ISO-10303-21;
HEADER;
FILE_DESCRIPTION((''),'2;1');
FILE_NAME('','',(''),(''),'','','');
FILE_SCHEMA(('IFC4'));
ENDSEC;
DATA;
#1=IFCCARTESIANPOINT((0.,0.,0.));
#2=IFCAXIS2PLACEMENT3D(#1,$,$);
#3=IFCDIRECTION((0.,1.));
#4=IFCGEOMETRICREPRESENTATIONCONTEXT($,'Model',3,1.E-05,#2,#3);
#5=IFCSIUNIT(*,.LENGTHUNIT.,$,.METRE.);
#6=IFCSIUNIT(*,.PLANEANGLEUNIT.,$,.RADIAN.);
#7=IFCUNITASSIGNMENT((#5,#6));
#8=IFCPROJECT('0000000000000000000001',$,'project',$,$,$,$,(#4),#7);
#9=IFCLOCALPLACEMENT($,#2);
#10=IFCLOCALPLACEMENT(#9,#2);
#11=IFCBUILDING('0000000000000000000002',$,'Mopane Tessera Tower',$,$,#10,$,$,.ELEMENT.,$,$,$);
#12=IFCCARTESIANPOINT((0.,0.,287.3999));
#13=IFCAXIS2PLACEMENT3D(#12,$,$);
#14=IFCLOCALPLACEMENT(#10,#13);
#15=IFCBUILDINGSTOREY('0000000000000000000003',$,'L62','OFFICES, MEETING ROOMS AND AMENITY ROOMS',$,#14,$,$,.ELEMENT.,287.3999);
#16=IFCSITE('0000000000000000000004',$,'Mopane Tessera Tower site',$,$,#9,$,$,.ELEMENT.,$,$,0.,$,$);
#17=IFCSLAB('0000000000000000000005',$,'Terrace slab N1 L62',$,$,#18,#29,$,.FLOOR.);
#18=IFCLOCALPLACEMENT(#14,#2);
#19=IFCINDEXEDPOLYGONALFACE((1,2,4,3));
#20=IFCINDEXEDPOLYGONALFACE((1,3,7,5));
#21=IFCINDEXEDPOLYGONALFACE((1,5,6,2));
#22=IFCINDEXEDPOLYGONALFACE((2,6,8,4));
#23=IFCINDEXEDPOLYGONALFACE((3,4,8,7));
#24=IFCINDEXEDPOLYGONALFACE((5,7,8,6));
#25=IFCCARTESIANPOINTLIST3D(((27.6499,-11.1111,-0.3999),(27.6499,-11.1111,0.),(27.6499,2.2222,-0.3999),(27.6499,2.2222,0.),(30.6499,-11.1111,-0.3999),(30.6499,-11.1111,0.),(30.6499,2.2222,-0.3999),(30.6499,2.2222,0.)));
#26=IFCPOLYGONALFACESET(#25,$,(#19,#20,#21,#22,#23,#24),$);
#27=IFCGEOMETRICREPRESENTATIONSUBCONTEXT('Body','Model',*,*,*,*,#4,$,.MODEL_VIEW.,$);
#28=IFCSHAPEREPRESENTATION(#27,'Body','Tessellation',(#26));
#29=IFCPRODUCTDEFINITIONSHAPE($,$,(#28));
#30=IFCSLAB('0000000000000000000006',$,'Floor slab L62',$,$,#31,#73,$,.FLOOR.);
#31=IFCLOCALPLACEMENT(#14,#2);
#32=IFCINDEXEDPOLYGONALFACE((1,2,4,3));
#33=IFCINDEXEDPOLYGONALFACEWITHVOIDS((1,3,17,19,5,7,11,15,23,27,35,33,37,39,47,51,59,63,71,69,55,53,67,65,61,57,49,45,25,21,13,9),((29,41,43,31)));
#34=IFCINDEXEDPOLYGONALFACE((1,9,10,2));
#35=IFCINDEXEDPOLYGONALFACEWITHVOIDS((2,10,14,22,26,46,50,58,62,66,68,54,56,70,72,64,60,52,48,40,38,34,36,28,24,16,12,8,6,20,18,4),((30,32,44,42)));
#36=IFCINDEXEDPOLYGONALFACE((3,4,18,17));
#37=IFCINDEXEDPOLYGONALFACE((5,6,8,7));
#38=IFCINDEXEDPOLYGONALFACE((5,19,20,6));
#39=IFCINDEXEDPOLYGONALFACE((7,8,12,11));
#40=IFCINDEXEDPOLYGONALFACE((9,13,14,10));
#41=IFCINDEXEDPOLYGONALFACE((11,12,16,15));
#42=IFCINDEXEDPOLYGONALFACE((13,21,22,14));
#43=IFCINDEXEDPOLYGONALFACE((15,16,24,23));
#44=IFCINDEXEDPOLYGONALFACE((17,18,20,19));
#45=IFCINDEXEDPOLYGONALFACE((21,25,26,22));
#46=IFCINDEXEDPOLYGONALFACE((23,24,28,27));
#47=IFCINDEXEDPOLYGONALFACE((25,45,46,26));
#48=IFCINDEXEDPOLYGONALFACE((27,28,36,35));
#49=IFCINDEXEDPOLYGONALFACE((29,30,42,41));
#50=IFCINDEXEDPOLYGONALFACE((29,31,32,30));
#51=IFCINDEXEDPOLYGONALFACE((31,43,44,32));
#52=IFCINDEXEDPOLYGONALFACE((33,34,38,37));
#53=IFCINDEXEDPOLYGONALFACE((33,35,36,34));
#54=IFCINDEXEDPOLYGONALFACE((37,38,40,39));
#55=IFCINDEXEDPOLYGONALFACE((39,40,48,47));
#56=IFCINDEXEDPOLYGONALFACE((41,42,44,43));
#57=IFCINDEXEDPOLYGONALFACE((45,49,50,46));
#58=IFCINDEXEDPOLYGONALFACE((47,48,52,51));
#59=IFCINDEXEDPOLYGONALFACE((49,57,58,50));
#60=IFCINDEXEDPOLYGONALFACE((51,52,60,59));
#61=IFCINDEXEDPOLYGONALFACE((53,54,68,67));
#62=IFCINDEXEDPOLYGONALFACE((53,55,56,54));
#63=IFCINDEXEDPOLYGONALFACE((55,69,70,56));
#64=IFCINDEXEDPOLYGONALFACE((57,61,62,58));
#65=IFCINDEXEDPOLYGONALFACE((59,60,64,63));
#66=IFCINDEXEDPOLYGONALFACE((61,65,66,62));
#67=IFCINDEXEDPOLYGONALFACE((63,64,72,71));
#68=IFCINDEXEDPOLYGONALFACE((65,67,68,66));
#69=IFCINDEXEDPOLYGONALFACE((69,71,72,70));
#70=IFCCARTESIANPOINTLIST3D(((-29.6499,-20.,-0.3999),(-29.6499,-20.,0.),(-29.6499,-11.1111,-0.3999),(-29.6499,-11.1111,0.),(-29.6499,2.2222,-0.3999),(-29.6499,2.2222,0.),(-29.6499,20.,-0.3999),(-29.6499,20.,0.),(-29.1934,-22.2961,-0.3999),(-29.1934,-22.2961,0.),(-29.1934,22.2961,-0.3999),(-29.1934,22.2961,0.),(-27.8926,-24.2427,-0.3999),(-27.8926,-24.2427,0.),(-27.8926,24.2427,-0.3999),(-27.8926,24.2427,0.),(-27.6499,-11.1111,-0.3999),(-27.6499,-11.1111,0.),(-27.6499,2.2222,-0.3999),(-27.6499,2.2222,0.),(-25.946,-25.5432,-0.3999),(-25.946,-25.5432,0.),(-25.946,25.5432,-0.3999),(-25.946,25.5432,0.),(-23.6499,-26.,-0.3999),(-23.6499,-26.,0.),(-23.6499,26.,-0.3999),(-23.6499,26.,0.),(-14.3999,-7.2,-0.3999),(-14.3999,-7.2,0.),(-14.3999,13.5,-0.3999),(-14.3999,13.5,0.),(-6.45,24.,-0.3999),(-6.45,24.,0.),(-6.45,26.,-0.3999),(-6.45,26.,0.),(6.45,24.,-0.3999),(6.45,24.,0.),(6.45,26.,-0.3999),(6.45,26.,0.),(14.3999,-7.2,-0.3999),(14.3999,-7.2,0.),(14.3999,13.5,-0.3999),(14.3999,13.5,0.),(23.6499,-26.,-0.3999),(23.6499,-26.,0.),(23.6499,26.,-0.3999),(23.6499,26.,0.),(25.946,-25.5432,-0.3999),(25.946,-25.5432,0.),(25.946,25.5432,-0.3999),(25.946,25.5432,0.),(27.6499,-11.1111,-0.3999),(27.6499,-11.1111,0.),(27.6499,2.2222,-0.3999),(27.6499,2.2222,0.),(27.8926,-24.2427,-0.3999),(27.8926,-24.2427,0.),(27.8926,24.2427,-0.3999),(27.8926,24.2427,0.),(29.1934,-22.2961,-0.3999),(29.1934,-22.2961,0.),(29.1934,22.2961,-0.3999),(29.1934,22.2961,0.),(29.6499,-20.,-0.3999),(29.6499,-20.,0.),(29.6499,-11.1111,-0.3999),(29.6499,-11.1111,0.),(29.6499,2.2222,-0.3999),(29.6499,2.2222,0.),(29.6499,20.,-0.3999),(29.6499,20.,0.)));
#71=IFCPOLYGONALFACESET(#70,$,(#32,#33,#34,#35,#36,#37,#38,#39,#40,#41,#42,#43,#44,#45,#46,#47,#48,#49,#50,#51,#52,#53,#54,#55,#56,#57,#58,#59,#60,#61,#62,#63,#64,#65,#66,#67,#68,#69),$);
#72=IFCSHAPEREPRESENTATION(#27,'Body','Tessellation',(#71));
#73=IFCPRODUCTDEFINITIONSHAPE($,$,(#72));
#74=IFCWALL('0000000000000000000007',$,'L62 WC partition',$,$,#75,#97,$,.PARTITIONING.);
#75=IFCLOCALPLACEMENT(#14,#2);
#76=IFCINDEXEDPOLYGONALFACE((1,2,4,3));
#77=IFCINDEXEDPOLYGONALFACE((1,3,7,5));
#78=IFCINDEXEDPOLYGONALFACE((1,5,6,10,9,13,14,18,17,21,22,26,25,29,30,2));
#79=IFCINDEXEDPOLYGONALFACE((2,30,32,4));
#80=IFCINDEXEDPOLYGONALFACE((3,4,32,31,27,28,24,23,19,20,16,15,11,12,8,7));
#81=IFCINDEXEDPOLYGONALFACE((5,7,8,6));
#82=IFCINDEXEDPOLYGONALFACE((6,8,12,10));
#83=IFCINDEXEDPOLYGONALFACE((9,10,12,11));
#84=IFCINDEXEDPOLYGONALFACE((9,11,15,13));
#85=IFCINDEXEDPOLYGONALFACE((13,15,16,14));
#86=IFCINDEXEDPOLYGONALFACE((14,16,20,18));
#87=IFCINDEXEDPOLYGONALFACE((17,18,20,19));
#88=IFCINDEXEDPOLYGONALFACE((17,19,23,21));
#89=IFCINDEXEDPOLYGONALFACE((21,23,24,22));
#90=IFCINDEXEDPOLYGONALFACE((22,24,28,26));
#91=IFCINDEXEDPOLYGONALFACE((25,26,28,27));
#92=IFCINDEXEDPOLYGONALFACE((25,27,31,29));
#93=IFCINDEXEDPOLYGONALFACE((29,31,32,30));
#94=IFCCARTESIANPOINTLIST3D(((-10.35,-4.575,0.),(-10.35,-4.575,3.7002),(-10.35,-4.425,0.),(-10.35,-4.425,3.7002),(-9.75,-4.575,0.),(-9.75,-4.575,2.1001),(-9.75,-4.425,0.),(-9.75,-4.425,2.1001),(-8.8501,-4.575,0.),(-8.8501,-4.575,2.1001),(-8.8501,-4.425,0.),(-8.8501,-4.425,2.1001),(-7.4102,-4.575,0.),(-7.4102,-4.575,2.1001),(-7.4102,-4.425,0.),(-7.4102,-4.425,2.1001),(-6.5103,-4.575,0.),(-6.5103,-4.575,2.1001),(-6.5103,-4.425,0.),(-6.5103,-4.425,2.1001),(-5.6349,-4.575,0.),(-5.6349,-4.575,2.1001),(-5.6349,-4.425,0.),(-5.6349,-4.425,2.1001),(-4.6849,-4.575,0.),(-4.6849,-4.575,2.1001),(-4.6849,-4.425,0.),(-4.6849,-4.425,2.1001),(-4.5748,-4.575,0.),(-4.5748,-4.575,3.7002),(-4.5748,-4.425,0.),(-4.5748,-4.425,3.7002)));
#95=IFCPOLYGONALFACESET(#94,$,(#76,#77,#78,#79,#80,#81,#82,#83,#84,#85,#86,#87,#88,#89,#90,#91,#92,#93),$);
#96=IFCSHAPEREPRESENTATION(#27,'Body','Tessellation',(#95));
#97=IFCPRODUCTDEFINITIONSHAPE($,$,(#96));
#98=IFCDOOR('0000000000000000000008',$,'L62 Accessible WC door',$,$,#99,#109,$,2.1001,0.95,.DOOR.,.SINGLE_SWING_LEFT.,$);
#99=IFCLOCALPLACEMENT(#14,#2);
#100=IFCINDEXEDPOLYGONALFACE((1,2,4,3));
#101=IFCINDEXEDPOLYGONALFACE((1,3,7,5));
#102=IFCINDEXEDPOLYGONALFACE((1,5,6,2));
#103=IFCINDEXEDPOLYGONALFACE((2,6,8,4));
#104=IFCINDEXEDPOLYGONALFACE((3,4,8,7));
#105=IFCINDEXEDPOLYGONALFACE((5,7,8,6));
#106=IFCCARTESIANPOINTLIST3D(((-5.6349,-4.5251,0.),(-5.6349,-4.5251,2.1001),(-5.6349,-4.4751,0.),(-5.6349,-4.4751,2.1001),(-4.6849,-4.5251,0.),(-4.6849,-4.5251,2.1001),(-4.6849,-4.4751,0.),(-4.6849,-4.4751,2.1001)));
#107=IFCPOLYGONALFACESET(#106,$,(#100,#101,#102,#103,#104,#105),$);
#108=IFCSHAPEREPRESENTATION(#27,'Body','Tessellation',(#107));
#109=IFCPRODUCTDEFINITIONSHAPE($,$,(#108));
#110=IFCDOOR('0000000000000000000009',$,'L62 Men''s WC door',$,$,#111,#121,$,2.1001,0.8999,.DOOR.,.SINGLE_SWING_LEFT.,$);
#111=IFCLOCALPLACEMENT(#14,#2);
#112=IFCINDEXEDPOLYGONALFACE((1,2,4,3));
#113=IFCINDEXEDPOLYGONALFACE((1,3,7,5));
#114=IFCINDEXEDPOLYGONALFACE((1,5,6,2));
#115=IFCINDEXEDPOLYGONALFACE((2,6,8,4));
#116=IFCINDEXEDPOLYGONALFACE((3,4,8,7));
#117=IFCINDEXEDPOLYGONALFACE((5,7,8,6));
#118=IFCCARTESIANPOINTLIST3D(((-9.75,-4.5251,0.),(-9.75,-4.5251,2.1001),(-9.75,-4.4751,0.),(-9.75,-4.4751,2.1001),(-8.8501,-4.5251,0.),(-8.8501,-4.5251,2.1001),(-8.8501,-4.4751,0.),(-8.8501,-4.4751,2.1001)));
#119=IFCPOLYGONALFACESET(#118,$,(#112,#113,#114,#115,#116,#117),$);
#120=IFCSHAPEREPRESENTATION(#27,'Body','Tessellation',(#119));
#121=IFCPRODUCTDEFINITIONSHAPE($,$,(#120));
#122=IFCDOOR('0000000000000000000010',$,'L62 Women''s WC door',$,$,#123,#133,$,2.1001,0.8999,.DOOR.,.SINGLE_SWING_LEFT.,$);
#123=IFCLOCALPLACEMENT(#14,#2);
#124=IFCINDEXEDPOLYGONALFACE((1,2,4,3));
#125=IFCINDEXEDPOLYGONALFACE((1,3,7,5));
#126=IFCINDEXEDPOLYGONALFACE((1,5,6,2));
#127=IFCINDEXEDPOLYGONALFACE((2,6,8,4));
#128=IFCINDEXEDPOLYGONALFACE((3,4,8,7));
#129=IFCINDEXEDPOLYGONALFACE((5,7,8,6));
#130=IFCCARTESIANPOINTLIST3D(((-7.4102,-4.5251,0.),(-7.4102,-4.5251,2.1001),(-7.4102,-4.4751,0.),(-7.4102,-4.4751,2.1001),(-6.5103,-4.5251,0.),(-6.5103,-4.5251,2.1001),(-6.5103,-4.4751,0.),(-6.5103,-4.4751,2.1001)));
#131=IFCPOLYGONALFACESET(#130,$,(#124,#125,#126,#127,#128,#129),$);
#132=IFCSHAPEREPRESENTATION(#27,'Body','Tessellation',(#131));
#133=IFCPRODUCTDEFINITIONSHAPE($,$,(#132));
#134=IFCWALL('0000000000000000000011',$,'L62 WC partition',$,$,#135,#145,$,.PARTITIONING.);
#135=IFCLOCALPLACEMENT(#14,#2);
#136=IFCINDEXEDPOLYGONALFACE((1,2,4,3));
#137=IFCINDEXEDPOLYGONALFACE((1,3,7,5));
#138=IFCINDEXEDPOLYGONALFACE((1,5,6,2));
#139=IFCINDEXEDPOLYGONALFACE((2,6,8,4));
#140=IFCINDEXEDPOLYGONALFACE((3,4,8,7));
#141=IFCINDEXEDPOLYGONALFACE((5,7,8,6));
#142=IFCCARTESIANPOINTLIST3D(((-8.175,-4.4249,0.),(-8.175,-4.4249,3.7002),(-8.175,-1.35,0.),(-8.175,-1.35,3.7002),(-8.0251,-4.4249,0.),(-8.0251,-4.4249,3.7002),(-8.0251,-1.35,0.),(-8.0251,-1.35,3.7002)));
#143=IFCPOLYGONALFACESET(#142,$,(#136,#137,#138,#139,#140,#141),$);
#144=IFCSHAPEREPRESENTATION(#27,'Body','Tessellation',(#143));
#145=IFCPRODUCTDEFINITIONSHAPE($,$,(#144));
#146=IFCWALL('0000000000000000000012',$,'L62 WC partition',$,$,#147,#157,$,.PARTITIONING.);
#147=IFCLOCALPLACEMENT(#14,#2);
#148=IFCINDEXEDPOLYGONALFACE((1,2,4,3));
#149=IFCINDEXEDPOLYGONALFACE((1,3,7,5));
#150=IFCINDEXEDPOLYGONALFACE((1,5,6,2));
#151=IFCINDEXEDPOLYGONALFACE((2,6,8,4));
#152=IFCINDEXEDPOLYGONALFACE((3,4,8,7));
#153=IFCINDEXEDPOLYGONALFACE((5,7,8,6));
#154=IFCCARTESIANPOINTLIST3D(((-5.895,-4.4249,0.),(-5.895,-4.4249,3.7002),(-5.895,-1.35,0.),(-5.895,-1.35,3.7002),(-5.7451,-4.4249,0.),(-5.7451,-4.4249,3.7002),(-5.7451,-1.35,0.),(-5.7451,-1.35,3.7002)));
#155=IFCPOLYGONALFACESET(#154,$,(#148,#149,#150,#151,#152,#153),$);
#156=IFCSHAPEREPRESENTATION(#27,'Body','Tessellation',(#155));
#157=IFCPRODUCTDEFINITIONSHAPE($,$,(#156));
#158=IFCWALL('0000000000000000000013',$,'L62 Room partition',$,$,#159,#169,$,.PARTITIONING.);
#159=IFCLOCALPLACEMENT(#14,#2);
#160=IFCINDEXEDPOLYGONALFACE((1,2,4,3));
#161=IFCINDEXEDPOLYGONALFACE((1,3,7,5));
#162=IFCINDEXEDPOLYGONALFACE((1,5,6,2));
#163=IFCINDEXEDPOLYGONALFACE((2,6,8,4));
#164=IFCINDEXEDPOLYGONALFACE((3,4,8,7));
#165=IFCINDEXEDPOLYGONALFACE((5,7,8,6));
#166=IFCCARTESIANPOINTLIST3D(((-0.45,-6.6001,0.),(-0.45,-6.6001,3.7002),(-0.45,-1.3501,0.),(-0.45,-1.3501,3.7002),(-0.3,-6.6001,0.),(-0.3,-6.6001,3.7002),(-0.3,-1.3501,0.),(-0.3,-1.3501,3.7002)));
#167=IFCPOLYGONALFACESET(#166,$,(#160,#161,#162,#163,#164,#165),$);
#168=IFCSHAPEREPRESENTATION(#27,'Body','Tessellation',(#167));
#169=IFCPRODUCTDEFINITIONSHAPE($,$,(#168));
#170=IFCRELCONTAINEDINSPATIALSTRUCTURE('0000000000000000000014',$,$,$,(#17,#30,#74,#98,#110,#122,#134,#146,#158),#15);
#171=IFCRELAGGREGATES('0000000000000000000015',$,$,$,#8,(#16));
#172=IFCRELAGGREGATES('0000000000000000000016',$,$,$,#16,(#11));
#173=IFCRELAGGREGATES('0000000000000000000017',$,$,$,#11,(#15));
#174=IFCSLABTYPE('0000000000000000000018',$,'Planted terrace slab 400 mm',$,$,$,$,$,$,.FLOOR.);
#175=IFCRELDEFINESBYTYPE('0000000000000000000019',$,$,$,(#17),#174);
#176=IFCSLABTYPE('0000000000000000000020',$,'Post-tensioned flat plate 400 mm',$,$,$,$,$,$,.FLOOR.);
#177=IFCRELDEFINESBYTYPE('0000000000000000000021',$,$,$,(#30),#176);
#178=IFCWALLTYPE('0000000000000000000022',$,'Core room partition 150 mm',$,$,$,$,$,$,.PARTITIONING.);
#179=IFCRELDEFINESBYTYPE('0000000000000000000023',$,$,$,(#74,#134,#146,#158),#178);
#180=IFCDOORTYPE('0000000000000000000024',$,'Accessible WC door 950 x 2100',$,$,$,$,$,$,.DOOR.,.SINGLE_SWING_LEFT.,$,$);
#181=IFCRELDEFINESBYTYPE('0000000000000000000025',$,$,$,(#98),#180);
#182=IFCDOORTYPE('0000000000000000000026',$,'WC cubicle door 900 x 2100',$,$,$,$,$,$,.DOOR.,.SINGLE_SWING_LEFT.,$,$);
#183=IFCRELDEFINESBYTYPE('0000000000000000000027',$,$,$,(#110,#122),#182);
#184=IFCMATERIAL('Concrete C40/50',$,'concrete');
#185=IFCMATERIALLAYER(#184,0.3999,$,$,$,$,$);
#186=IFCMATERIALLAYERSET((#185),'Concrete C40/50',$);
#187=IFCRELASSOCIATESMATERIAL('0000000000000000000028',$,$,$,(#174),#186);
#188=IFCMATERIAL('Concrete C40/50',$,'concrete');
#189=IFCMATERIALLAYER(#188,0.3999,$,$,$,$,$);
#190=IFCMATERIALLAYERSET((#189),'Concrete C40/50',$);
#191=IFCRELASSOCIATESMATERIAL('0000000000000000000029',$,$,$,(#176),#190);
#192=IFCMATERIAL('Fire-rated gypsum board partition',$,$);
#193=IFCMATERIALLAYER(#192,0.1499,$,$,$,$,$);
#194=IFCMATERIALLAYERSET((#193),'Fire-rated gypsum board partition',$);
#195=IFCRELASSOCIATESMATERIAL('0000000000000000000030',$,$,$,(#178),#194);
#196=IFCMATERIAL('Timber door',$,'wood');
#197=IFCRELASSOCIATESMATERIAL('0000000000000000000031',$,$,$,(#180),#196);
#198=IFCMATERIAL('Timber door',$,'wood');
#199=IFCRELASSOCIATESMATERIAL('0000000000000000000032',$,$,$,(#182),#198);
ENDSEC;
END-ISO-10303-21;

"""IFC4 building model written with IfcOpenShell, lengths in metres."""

from ifc_helpers import new_model, si_unit, direction, frame, frame_2d, origin, place, context, subcontext, project, spatial, polyline, rectangle, outline, extrude, material, layer, layer_set, type_object, element, fill, save


model = new_model("IFC4")

# Units and contexts
model_context = context("Model", 3, precision=1e-05, world=origin(), true_north=direction((0.0, 1.0)))
body_context = subcontext(model_context, "Body", "Model", "MODEL_VIEW")
ifc_project = project(units=[si_unit("LENGTHUNIT", "METRE"), si_unit("PLANEANGLEUNIT", "RADIAN")], contexts=[model_context])

# Site, building, storey
site_placement = place(None, origin())
site = spatial("IfcSite", under=ifc_project, at=site_placement, Name="Mopane Tessera Tower site", CompositionType="ELEMENT", RefElevation=0.0)
building_placement = place(site_placement, origin())
building = spatial("IfcBuilding", under=site, at=building_placement, Name="Mopane Tessera Tower", CompositionType="ELEMENT")
storey_placement = place(building_placement, frame((0.0, 0.0, 287.3999)))
storey = spatial("IfcBuildingStorey", under=building, at=storey_placement, Name="L62", Description="OFFICES, MEETING ROOMS AND AMENITY ROOMS", CompositionType="ELEMENT", Elevation=287.3999)

# Slabs
ifc_material_1 = material(Name="Concrete C40/50", Category="concrete")
ifc_layer_1 = layer(ifc_material_1, 0.3999)
ifc_layer_set_1 = layer_set([ifc_layer_1], Name="Concrete C40/50")
slab_type_1 = type_object("IfcSlabType", Name="Planted terrace slab 400 mm", PredefinedType="FLOOR", material=ifc_layer_set_1)
slab_1_placement = place(storey_placement, frame((0.0, 0.0, -0.3999)))
element("IfcSlab", 1, at=slab_1_placement, inside=storey, type_object=slab_type_1, Name="Terrace slab N1 L62", PredefinedType="FLOOR", context=body_context, shape_type="SweptSolid", body=[
    extrude(outline(polyline([(30.6499, 2.2222), (27.6499, 2.2222), (27.6499, -11.1111), (30.6499, -11.1111), (30.6499, 2.2222)])), origin(), (0.0, 0.0, 1.0), 0.3999),
])
ifc_material_2 = material(Name="Concrete C40/50", Category="concrete")
ifc_layer_2 = layer(ifc_material_2, 0.3999)
ifc_layer_set_2 = layer_set([ifc_layer_2], Name="Concrete C40/50")
slab_type_2 = type_object("IfcSlabType", Name="Post-tensioned flat plate 400 mm", PredefinedType="FLOOR", material=ifc_layer_set_2)
slab_2_placement = place(storey_placement, frame((0.0, 0.0, -0.3999)))
element("IfcSlab", 2, at=slab_2_placement, inside=storey, type_object=slab_type_2, Name="Floor slab L62", PredefinedType="FLOOR", context=body_context, shape_type="SweptSolid", body=[
    extrude(outline(polyline([(29.6499, -20.0), (29.6499, -11.1111), (27.6499, -11.1111), (27.6499, 2.2222), (29.6499, 2.2222), (29.6499, 20.0), (29.1934, 22.2961), (27.8926, 24.2427), (25.946, 25.5432), (23.6499, 26.0), (6.45, 26.0), (6.45, 24.0), (-6.45, 24.0), (-6.45, 26.0), (-23.6499, 26.0), (-25.946, 25.5432), (-27.8926, 24.2427), (-29.1934, 22.2961), (-29.6499, 20.0), (-29.6499, 2.2222), (-27.6499, 2.2222), (-27.6499, -11.1111), (-29.6499, -11.1111), (-29.6499, -20.0), (-29.1934, -22.2961), (-27.8926, -24.2427), (-25.946, -25.5432), (-23.6499, -26.0), (23.6499, -26.0), (25.946, -25.5432), (27.8926, -24.2427), (29.1934, -22.2961), (29.6499, -20.0)]), holes=[polyline([(14.3999, -7.2), (-14.3999, -7.2), (-14.3999, 13.5), (14.3999, 13.5), (14.3999, -7.2)])]), origin(), (0.0, 0.0, 1.0), 0.3999),
])

# Wall, openings, doors
ifc_material_3 = material(Name="Fire-rated gypsum board partition")
ifc_layer_3 = layer(ifc_material_3, 0.1499)
ifc_layer_set_3 = layer_set([ifc_layer_3], Name="Fire-rated gypsum board partition")
wall_type_1 = type_object("IfcWallType", Name="Core room partition 150 mm", PredefinedType="PARTITIONING", material=ifc_layer_set_3)
wall_1_placement = place(storey_placement, frame((-10.3501, -4.5, 0.0), z_axis=(0.0, 0.0, 1.0), x_axis=(1.0, 0.0, 0.0)))
wall_1 = element("IfcWall", 3, at=wall_1_placement, inside=storey, type_object=wall_type_1, Name="L62 WC partition", PredefinedType="PARTITIONING", context=body_context, shape_type="SweptSolid", body=[
    extrude(rectangle(XDim=5.7751, YDim=0.1499, at=frame_2d((2.8877, 0.0))), origin(), (0.0, 0.0, 1.0), 3.7002),
])
opening_1_placement = place(wall_1_placement, frame((0.6001, 0.0, 0.0)))
opening_1 = element("IfcOpeningElement", 4, at=opening_1_placement, cuts=wall_1, PredefinedType="OPENING", context=body_context, shape_type="SweptSolid", body=[
    extrude(rectangle(XDim=0.8999, YDim=2.1001, at=frame_2d((0.45, 1.05))), frame((0.0, 0.0869, 0.0), z_axis=(0.0, -1.0, 0.0), x_axis=(1.0, 0.0, 0.0)), (0.0, 0.0, 1.0), 0.1738),
])
opening_2_placement = place(wall_1_placement, frame((2.9399, 0.0, 0.0)))
opening_2 = element("IfcOpeningElement", 5, at=opening_2_placement, cuts=wall_1, PredefinedType="OPENING", context=body_context, shape_type="SweptSolid", body=[
    extrude(rectangle(XDim=0.8999, YDim=2.1001, at=frame_2d((0.45, 1.05))), frame((0.0, 0.0869, 0.0), z_axis=(0.0, -1.0, 0.0), x_axis=(1.0, 0.0, 0.0)), (0.0, 0.0, 1.0), 0.1738),
])
opening_3_placement = place(wall_1_placement, frame((4.7151, 0.0, 0.0)))
opening_3 = element("IfcOpeningElement", 6, at=opening_3_placement, cuts=wall_1, PredefinedType="OPENING", context=body_context, shape_type="SweptSolid", body=[
    extrude(rectangle(XDim=0.95, YDim=2.1001, at=frame_2d((0.4751, 1.05))), frame((0.0, 0.0869, 0.0), z_axis=(0.0, -1.0, 0.0), x_axis=(1.0, 0.0, 0.0)), (0.0, 0.0, 1.0), 0.1738),
])
ifc_material_4 = material(Name="Timber door", Category="wood")
door_type_1 = type_object("IfcDoorType", Name="Accessible WC door 950 x 2100", OperationType="SINGLE_SWING_LEFT", PredefinedType="DOOR", material=ifc_material_4)
door_1_placement = place(opening_3_placement, origin())
door_1 = element("IfcDoor", 7, at=door_1_placement, inside=storey, type_object=door_type_1, Name="L62 Accessible WC door", OperationType="SINGLE_SWING_LEFT", OverallHeight=2.1001, OverallWidth=0.95, PredefinedType="DOOR", context=body_context, shape_type="SweptSolid", body=[
    extrude(rectangle(XDim=0.95, YDim=2.1001, at=frame_2d((0.4751, 1.05))), frame((0.0, 0.0249, 0.0), z_axis=(0.0, -1.0, 0.0), x_axis=(1.0, 0.0, 0.0)), (0.0, 0.0, 1.0), 0.05),
])
fill(opening_3, door_1)
ifc_material_5 = material(Name="Timber door", Category="wood")
door_type_2 = type_object("IfcDoorType", Name="WC cubicle door 900 x 2100", OperationType="SINGLE_SWING_LEFT", PredefinedType="DOOR", material=ifc_material_5)
door_2_placement = place(opening_1_placement, origin())
door_2 = element("IfcDoor", 8, at=door_2_placement, inside=storey, type_object=door_type_2, Name="L62 Men's WC door", OperationType="SINGLE_SWING_LEFT", OverallHeight=2.1001, OverallWidth=0.8999, PredefinedType="DOOR", context=body_context, shape_type="SweptSolid", body=[
    extrude(rectangle(XDim=0.8999, YDim=2.1001, at=frame_2d((0.45, 1.05))), frame((0.0, 0.0249, 0.0), z_axis=(0.0, -1.0, 0.0), x_axis=(1.0, 0.0, 0.0)), (0.0, 0.0, 1.0), 0.05),
])
fill(opening_1, door_2)
door_3_placement = place(opening_2_placement, origin())
door_3 = element("IfcDoor", 9, at=door_3_placement, inside=storey, type_object=door_type_2, Name="L62 Women's WC door", OperationType="SINGLE_SWING_LEFT", OverallHeight=2.1001, OverallWidth=0.8999, PredefinedType="DOOR", context=body_context, shape_type="SweptSolid", body=[
    extrude(rectangle(XDim=0.8999, YDim=2.1001, at=frame_2d((0.45, 1.05))), frame((0.0, 0.0249, 0.0), z_axis=(0.0, -1.0, 0.0), x_axis=(1.0, 0.0, 0.0)), (0.0, 0.0, 1.0), 0.05),
])
fill(opening_2, door_3)

# Walls
for number, where, z_axis, x_axis, name in (
    (10, (-8.1001, -4.425, 0.0), (0.0, 0.0, 1.0), (0.0, 1.0, 0.0), "L62 WC partition"),
    (11, (-5.8201, -4.425, 0.0), (0.0, 0.0, 1.0), (0.0, 1.0, 0.0), "L62 WC partition"),
):
    element("IfcWall", number, at=place(storey_placement, frame(where, z_axis=z_axis, x_axis=x_axis)), inside=storey, type_object=wall_type_1, Name=name, PredefinedType="PARTITIONING", context=body_context, shape_type="SweptSolid", body=[
        extrude(rectangle(XDim=3.075, YDim=0.1499, at=frame_2d((1.5376, 0.0))), origin(), (0.0, 0.0, 1.0), 3.7002),
    ])
wall_2_placement = place(storey_placement, frame((-0.375, -6.6001, 0.0), z_axis=(0.0, 0.0, 1.0), x_axis=(0.0, 1.0, 0.0)))
element("IfcWall", 12, at=wall_2_placement, inside=storey, type_object=wall_type_1, Name="L62 Room partition", PredefinedType="PARTITIONING", context=body_context, shape_type="SweptSolid", body=[
    extrude(rectangle(XDim=5.25, YDim=0.1499, at=frame_2d((2.625, 0.0))), origin(), (0.0, 0.0, 1.0), 3.7002),
])

save(model, "model.ifc")
